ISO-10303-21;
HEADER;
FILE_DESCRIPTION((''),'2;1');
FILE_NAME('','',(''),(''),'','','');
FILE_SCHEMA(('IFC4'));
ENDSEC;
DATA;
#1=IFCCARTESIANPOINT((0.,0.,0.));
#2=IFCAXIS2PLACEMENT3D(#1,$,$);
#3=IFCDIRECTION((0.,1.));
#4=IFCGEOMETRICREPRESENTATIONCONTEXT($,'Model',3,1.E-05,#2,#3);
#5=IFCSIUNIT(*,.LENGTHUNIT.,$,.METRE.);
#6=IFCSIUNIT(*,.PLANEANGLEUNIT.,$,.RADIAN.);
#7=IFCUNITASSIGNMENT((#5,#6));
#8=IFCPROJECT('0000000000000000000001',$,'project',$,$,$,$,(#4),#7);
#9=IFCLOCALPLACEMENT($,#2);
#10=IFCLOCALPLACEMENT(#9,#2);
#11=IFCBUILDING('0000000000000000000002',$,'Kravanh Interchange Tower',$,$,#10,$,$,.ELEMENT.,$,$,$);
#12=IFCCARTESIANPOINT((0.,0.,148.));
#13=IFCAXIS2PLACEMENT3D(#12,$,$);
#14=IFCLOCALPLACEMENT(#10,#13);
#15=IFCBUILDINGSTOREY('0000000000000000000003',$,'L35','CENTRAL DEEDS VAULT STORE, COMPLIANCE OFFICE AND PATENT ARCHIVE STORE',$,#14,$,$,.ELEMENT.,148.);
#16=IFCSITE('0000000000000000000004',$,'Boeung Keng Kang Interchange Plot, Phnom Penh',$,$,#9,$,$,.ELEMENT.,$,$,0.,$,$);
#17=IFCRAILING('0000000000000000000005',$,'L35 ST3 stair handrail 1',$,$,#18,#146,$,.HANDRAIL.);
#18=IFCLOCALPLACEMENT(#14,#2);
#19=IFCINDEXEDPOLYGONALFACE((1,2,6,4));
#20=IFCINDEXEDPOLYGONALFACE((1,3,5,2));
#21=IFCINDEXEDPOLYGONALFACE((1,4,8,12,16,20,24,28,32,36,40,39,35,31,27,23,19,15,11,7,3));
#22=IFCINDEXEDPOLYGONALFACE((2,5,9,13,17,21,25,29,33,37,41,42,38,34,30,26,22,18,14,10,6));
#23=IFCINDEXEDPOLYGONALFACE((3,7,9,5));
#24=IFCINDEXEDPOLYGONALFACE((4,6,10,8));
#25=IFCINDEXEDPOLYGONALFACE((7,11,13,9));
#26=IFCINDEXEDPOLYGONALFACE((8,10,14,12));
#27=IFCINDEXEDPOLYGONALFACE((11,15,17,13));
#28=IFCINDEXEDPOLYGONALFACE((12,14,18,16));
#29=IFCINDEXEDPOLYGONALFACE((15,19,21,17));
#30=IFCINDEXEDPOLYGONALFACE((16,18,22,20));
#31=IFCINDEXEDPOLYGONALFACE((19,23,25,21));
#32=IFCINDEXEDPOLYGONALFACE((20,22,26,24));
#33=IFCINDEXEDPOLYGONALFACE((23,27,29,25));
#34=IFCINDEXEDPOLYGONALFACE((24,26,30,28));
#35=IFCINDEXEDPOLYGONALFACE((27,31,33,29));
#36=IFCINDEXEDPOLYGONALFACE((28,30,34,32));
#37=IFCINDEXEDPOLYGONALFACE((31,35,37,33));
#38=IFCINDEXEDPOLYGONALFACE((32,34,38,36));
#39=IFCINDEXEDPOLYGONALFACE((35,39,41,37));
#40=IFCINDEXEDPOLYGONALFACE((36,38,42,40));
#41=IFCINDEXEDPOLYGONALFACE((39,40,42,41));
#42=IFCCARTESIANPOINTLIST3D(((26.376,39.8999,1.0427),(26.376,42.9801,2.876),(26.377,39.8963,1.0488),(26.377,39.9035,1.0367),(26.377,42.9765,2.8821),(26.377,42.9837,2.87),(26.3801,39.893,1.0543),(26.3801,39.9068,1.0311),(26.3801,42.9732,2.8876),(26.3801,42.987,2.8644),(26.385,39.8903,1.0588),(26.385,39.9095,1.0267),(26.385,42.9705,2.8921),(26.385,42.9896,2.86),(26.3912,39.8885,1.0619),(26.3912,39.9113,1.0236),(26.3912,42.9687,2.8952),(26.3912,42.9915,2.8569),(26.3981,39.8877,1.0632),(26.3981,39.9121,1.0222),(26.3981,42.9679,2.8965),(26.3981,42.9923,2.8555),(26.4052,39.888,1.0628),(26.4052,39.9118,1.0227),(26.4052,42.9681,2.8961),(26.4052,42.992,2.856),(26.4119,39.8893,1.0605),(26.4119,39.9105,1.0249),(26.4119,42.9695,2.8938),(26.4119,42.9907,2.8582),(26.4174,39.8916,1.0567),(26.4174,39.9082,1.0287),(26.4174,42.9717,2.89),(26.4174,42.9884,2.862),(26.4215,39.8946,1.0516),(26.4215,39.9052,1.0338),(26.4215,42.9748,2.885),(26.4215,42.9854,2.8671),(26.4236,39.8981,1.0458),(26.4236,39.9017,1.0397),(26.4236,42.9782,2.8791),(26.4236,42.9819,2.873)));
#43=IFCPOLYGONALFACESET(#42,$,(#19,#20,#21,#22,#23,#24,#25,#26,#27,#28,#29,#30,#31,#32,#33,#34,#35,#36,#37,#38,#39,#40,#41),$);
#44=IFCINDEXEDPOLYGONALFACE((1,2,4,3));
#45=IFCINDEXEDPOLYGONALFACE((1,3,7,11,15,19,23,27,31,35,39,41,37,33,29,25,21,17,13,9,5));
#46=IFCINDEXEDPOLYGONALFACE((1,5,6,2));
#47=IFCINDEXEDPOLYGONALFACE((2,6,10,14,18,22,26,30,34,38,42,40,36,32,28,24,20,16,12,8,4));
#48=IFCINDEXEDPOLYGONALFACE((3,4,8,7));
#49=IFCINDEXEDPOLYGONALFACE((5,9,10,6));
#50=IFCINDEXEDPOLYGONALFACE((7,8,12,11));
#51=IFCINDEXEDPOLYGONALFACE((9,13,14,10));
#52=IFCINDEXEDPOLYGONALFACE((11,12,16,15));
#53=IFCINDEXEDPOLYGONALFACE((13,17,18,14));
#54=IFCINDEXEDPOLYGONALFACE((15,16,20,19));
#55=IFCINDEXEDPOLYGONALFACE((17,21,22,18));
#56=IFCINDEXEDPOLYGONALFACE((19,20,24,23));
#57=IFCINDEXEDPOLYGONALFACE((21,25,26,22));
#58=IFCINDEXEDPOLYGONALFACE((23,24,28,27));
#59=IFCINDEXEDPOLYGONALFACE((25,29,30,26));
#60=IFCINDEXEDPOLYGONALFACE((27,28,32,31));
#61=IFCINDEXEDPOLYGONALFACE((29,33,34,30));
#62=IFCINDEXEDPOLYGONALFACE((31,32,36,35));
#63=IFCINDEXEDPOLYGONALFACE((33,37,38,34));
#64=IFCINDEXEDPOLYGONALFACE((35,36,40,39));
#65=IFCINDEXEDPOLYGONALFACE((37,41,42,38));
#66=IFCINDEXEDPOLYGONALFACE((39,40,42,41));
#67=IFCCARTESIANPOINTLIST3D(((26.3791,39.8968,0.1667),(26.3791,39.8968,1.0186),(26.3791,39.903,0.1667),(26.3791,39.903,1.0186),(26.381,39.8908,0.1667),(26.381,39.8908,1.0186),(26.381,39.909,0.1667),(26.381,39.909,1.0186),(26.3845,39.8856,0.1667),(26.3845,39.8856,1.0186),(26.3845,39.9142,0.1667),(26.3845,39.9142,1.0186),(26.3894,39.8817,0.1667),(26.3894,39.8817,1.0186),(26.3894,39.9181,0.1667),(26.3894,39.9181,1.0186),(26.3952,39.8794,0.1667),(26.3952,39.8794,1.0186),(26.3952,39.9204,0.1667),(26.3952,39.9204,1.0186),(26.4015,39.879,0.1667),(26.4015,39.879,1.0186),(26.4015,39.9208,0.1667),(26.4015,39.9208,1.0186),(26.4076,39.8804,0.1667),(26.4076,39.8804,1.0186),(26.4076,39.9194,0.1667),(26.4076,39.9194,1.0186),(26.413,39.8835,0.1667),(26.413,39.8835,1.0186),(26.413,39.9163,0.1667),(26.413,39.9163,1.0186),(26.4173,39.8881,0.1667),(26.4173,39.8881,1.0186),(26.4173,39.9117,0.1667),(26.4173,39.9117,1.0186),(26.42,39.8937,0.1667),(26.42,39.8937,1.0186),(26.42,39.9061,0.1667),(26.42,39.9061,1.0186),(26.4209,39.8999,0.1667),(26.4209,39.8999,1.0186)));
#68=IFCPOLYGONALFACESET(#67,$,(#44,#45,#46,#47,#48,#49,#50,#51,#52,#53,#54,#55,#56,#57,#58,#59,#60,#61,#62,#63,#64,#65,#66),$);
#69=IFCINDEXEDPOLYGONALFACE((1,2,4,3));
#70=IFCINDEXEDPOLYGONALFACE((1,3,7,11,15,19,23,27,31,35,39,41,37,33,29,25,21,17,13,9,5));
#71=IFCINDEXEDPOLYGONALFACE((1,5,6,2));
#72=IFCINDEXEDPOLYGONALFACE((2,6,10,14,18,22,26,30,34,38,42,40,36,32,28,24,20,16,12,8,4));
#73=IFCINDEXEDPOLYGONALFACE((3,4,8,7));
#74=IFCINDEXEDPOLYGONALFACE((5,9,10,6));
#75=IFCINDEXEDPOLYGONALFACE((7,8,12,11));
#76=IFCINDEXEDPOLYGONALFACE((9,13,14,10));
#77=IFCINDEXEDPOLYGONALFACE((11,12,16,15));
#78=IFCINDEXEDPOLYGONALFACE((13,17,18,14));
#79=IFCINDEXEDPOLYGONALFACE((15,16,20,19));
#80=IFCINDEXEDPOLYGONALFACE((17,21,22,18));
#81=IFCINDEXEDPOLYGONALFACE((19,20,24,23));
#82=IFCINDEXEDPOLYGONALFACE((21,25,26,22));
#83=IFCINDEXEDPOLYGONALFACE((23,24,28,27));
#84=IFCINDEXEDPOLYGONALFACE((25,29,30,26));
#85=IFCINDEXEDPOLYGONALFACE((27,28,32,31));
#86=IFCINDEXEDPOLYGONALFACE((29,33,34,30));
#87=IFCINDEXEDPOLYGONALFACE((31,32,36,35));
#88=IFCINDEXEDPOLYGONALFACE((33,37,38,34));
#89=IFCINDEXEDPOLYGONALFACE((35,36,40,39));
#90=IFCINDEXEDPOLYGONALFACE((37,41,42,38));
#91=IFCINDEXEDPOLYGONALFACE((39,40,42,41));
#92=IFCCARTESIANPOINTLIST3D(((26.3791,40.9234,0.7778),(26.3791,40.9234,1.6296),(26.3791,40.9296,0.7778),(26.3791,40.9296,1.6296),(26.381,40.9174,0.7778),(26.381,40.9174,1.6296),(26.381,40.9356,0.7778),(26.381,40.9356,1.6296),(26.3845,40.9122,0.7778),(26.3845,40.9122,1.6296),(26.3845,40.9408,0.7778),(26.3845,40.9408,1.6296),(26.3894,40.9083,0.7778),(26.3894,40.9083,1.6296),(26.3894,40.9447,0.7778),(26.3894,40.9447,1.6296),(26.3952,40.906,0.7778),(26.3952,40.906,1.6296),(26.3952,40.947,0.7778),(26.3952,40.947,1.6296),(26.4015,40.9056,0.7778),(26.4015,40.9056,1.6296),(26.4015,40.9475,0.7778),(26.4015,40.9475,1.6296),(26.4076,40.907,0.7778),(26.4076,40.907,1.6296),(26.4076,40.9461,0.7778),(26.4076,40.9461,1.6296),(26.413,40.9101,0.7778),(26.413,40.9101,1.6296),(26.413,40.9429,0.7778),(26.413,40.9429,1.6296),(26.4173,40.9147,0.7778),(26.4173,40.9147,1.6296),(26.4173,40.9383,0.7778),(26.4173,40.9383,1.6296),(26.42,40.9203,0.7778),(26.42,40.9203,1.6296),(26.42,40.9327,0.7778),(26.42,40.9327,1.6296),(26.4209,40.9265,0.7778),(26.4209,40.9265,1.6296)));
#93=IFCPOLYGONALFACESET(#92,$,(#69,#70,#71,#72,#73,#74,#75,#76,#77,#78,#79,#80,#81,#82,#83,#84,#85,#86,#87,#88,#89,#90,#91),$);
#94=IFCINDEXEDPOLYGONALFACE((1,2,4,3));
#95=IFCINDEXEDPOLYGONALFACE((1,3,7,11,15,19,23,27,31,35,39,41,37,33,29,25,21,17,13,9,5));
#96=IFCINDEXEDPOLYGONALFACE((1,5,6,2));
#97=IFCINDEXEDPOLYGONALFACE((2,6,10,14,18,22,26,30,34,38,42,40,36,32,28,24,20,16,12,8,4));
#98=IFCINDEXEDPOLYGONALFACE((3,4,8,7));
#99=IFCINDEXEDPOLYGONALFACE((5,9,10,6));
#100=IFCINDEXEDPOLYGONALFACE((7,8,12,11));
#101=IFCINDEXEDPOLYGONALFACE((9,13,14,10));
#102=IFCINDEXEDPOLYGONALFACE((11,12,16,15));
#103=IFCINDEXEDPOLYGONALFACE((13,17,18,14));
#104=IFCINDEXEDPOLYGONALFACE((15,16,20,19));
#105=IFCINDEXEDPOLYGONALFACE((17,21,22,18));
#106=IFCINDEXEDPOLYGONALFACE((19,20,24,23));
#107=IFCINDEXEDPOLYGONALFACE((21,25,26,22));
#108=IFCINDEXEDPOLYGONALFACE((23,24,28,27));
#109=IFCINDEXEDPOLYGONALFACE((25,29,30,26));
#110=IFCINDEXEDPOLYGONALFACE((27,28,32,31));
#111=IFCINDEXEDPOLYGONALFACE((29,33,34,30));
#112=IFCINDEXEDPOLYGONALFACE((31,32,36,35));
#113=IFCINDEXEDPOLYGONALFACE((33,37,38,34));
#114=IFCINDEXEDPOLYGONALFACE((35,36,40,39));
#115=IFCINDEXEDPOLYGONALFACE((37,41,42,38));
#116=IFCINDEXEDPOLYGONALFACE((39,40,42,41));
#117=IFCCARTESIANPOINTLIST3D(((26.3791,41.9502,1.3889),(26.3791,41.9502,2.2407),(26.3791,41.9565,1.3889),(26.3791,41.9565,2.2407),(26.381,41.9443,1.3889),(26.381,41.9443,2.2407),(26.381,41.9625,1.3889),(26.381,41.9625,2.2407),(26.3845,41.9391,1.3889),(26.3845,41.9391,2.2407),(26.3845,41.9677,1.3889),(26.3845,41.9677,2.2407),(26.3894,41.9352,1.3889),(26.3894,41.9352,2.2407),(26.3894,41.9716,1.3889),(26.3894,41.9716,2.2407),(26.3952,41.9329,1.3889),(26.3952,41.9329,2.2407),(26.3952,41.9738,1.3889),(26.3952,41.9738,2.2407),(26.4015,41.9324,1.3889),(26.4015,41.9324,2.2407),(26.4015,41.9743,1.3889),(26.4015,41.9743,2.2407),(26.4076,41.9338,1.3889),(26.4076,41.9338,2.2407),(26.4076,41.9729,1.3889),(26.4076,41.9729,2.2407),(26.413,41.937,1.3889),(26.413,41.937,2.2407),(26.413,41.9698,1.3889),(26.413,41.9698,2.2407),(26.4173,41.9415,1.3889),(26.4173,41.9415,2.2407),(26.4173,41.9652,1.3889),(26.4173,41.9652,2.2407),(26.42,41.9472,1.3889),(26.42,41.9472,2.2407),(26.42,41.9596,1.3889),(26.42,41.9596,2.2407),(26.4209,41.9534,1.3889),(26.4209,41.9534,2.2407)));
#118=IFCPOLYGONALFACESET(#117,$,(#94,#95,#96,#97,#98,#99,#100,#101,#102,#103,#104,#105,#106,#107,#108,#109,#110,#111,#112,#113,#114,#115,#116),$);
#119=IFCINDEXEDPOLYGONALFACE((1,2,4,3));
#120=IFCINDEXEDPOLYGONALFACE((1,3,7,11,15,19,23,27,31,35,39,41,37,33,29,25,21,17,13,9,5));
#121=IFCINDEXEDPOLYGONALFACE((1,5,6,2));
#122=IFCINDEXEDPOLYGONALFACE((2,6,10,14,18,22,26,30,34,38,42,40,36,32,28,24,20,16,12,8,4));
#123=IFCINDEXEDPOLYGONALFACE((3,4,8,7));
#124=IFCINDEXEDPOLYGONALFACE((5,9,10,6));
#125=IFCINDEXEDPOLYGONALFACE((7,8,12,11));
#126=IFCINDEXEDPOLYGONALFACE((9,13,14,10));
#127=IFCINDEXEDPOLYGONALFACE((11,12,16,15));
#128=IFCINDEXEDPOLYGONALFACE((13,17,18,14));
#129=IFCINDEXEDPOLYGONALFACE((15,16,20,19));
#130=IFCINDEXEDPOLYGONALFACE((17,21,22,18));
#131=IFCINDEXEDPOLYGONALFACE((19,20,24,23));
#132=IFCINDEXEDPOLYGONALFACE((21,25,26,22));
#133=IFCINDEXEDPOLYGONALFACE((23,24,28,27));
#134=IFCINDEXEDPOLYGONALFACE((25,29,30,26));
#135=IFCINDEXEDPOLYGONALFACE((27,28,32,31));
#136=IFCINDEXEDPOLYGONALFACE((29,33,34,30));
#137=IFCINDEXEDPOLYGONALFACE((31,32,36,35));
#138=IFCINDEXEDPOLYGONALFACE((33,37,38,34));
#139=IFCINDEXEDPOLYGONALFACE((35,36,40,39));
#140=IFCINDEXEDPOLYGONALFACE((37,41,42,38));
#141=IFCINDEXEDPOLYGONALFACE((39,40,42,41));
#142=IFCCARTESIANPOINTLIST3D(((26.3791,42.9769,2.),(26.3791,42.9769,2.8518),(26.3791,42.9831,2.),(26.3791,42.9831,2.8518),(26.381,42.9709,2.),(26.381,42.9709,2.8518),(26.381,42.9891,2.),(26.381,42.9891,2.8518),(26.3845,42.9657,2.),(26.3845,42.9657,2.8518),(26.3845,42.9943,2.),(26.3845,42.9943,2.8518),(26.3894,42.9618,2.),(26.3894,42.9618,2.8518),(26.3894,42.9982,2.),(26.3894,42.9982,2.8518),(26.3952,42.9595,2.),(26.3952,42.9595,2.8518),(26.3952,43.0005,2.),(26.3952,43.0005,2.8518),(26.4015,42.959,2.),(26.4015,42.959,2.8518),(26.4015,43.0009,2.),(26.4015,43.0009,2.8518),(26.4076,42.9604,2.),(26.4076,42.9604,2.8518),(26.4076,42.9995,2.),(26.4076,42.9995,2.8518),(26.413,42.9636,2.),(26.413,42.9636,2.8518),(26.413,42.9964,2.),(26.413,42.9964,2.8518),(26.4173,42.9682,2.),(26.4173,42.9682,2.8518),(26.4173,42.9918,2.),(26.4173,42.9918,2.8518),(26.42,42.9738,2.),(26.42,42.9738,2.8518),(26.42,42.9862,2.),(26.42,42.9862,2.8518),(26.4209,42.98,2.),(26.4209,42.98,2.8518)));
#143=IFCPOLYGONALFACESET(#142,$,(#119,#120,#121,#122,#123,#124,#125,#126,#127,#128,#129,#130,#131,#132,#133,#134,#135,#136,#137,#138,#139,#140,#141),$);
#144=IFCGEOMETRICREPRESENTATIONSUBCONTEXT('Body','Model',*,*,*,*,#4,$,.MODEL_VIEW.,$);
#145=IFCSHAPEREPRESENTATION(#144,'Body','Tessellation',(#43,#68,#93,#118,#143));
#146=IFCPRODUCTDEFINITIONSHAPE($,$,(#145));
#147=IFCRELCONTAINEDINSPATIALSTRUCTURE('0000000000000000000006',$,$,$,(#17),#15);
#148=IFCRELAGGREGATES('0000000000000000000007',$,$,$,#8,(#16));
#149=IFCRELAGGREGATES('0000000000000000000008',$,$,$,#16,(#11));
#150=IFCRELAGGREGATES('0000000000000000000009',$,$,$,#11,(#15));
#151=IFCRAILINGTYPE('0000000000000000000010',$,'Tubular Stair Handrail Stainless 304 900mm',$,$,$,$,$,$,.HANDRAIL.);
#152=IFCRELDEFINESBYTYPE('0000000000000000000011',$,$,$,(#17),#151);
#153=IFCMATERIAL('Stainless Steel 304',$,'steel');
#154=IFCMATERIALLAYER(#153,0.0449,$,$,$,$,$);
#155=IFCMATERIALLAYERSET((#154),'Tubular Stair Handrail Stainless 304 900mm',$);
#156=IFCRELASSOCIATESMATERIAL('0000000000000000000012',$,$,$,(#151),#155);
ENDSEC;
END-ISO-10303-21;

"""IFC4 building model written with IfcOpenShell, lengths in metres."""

from ifc_helpers import new_model, si_unit, direction, frame, origin, origin_2d, place, context, subcontext, project, spatial, circle, extrude, material, layer, layer_set, type_object, element, save


model = new_model("IFC4")

# Units and contexts
model_context = context("Model", 3, precision=1e-05, world=origin(), true_north=direction((0.0, 1.0)))
body_context = subcontext(model_context, "Body", "Model", "MODEL_VIEW")
ifc_project = project(units=[si_unit("LENGTHUNIT", "METRE"), si_unit("PLANEANGLEUNIT", "RADIAN")], contexts=[model_context])

# Site, building, storey
site_placement = place(None, origin())
site = spatial("IfcSite", under=ifc_project, at=site_placement, Name="Boeung Keng Kang Interchange Plot, Phnom Penh", CompositionType="ELEMENT", RefElevation=0.0)
building_placement = place(site_placement, origin())
building = spatial("IfcBuilding", under=site, at=building_placement, Name="Kravanh Interchange Tower", CompositionType="ELEMENT")
storey_placement = place(building_placement, frame((0.0, 0.0, 148.0)))
storey = spatial("IfcBuildingStorey", under=building, at=storey_placement, Name="L35", Description="CENTRAL DEEDS VAULT STORE, COMPLIANCE OFFICE AND PATENT ARCHIVE STORE", CompositionType="ELEMENT", Elevation=148.0)

# Railing
ifc_material_1 = material(Name="Stainless Steel 304", Category="steel")
ifc_layer_1 = layer(ifc_material_1, 0.0449)
ifc_layer_set_1 = layer_set([ifc_layer_1], Name="Tubular Stair Handrail Stainless 304 900mm")
railing_type_1 = type_object("IfcRailingType", Name="Tubular Stair Handrail Stainless 304 900mm", PredefinedType="HANDRAIL", material=ifc_layer_set_1)
railing_1_placement = place(storey_placement, frame((26.3999, 39.8999, 0.1667)))
element("IfcRailing", 1, at=railing_1_placement, inside=storey, type_object=railing_type_1, Name="L35 ST3 stair handrail 1", PredefinedType="HANDRAIL", context=body_context, shape_type="SweptSolid", body=[
    extrude(circle(Radius=0.0239, at=origin_2d()), frame((0.0, 0.0, 0.876), z_axis=(0.0, 0.859309, 0.511458), x_axis=(-1.0, 0.0, 0.0)), (0.0, 0.0, 1.0), 3.5845),
    extrude(circle(Radius=0.021, at=origin_2d()), origin(), (0.0, 0.0, 1.0), 0.8518),
    extrude(circle(Radius=0.021, at=origin_2d()), frame((0.0, 1.0266, 0.6111)), (0.0, 0.0, 1.0), 0.8518),
    extrude(circle(Radius=0.021, at=origin_2d()), frame((0.0, 2.0535, 1.2222)), (0.0, 0.0, 1.0), 0.8518),
    extrude(circle(Radius=0.021, at=origin_2d()), frame((0.0, 3.0801, 1.8333)), (0.0, 0.0, 1.0), 0.8518),
])

save(model, "model.ifc")
